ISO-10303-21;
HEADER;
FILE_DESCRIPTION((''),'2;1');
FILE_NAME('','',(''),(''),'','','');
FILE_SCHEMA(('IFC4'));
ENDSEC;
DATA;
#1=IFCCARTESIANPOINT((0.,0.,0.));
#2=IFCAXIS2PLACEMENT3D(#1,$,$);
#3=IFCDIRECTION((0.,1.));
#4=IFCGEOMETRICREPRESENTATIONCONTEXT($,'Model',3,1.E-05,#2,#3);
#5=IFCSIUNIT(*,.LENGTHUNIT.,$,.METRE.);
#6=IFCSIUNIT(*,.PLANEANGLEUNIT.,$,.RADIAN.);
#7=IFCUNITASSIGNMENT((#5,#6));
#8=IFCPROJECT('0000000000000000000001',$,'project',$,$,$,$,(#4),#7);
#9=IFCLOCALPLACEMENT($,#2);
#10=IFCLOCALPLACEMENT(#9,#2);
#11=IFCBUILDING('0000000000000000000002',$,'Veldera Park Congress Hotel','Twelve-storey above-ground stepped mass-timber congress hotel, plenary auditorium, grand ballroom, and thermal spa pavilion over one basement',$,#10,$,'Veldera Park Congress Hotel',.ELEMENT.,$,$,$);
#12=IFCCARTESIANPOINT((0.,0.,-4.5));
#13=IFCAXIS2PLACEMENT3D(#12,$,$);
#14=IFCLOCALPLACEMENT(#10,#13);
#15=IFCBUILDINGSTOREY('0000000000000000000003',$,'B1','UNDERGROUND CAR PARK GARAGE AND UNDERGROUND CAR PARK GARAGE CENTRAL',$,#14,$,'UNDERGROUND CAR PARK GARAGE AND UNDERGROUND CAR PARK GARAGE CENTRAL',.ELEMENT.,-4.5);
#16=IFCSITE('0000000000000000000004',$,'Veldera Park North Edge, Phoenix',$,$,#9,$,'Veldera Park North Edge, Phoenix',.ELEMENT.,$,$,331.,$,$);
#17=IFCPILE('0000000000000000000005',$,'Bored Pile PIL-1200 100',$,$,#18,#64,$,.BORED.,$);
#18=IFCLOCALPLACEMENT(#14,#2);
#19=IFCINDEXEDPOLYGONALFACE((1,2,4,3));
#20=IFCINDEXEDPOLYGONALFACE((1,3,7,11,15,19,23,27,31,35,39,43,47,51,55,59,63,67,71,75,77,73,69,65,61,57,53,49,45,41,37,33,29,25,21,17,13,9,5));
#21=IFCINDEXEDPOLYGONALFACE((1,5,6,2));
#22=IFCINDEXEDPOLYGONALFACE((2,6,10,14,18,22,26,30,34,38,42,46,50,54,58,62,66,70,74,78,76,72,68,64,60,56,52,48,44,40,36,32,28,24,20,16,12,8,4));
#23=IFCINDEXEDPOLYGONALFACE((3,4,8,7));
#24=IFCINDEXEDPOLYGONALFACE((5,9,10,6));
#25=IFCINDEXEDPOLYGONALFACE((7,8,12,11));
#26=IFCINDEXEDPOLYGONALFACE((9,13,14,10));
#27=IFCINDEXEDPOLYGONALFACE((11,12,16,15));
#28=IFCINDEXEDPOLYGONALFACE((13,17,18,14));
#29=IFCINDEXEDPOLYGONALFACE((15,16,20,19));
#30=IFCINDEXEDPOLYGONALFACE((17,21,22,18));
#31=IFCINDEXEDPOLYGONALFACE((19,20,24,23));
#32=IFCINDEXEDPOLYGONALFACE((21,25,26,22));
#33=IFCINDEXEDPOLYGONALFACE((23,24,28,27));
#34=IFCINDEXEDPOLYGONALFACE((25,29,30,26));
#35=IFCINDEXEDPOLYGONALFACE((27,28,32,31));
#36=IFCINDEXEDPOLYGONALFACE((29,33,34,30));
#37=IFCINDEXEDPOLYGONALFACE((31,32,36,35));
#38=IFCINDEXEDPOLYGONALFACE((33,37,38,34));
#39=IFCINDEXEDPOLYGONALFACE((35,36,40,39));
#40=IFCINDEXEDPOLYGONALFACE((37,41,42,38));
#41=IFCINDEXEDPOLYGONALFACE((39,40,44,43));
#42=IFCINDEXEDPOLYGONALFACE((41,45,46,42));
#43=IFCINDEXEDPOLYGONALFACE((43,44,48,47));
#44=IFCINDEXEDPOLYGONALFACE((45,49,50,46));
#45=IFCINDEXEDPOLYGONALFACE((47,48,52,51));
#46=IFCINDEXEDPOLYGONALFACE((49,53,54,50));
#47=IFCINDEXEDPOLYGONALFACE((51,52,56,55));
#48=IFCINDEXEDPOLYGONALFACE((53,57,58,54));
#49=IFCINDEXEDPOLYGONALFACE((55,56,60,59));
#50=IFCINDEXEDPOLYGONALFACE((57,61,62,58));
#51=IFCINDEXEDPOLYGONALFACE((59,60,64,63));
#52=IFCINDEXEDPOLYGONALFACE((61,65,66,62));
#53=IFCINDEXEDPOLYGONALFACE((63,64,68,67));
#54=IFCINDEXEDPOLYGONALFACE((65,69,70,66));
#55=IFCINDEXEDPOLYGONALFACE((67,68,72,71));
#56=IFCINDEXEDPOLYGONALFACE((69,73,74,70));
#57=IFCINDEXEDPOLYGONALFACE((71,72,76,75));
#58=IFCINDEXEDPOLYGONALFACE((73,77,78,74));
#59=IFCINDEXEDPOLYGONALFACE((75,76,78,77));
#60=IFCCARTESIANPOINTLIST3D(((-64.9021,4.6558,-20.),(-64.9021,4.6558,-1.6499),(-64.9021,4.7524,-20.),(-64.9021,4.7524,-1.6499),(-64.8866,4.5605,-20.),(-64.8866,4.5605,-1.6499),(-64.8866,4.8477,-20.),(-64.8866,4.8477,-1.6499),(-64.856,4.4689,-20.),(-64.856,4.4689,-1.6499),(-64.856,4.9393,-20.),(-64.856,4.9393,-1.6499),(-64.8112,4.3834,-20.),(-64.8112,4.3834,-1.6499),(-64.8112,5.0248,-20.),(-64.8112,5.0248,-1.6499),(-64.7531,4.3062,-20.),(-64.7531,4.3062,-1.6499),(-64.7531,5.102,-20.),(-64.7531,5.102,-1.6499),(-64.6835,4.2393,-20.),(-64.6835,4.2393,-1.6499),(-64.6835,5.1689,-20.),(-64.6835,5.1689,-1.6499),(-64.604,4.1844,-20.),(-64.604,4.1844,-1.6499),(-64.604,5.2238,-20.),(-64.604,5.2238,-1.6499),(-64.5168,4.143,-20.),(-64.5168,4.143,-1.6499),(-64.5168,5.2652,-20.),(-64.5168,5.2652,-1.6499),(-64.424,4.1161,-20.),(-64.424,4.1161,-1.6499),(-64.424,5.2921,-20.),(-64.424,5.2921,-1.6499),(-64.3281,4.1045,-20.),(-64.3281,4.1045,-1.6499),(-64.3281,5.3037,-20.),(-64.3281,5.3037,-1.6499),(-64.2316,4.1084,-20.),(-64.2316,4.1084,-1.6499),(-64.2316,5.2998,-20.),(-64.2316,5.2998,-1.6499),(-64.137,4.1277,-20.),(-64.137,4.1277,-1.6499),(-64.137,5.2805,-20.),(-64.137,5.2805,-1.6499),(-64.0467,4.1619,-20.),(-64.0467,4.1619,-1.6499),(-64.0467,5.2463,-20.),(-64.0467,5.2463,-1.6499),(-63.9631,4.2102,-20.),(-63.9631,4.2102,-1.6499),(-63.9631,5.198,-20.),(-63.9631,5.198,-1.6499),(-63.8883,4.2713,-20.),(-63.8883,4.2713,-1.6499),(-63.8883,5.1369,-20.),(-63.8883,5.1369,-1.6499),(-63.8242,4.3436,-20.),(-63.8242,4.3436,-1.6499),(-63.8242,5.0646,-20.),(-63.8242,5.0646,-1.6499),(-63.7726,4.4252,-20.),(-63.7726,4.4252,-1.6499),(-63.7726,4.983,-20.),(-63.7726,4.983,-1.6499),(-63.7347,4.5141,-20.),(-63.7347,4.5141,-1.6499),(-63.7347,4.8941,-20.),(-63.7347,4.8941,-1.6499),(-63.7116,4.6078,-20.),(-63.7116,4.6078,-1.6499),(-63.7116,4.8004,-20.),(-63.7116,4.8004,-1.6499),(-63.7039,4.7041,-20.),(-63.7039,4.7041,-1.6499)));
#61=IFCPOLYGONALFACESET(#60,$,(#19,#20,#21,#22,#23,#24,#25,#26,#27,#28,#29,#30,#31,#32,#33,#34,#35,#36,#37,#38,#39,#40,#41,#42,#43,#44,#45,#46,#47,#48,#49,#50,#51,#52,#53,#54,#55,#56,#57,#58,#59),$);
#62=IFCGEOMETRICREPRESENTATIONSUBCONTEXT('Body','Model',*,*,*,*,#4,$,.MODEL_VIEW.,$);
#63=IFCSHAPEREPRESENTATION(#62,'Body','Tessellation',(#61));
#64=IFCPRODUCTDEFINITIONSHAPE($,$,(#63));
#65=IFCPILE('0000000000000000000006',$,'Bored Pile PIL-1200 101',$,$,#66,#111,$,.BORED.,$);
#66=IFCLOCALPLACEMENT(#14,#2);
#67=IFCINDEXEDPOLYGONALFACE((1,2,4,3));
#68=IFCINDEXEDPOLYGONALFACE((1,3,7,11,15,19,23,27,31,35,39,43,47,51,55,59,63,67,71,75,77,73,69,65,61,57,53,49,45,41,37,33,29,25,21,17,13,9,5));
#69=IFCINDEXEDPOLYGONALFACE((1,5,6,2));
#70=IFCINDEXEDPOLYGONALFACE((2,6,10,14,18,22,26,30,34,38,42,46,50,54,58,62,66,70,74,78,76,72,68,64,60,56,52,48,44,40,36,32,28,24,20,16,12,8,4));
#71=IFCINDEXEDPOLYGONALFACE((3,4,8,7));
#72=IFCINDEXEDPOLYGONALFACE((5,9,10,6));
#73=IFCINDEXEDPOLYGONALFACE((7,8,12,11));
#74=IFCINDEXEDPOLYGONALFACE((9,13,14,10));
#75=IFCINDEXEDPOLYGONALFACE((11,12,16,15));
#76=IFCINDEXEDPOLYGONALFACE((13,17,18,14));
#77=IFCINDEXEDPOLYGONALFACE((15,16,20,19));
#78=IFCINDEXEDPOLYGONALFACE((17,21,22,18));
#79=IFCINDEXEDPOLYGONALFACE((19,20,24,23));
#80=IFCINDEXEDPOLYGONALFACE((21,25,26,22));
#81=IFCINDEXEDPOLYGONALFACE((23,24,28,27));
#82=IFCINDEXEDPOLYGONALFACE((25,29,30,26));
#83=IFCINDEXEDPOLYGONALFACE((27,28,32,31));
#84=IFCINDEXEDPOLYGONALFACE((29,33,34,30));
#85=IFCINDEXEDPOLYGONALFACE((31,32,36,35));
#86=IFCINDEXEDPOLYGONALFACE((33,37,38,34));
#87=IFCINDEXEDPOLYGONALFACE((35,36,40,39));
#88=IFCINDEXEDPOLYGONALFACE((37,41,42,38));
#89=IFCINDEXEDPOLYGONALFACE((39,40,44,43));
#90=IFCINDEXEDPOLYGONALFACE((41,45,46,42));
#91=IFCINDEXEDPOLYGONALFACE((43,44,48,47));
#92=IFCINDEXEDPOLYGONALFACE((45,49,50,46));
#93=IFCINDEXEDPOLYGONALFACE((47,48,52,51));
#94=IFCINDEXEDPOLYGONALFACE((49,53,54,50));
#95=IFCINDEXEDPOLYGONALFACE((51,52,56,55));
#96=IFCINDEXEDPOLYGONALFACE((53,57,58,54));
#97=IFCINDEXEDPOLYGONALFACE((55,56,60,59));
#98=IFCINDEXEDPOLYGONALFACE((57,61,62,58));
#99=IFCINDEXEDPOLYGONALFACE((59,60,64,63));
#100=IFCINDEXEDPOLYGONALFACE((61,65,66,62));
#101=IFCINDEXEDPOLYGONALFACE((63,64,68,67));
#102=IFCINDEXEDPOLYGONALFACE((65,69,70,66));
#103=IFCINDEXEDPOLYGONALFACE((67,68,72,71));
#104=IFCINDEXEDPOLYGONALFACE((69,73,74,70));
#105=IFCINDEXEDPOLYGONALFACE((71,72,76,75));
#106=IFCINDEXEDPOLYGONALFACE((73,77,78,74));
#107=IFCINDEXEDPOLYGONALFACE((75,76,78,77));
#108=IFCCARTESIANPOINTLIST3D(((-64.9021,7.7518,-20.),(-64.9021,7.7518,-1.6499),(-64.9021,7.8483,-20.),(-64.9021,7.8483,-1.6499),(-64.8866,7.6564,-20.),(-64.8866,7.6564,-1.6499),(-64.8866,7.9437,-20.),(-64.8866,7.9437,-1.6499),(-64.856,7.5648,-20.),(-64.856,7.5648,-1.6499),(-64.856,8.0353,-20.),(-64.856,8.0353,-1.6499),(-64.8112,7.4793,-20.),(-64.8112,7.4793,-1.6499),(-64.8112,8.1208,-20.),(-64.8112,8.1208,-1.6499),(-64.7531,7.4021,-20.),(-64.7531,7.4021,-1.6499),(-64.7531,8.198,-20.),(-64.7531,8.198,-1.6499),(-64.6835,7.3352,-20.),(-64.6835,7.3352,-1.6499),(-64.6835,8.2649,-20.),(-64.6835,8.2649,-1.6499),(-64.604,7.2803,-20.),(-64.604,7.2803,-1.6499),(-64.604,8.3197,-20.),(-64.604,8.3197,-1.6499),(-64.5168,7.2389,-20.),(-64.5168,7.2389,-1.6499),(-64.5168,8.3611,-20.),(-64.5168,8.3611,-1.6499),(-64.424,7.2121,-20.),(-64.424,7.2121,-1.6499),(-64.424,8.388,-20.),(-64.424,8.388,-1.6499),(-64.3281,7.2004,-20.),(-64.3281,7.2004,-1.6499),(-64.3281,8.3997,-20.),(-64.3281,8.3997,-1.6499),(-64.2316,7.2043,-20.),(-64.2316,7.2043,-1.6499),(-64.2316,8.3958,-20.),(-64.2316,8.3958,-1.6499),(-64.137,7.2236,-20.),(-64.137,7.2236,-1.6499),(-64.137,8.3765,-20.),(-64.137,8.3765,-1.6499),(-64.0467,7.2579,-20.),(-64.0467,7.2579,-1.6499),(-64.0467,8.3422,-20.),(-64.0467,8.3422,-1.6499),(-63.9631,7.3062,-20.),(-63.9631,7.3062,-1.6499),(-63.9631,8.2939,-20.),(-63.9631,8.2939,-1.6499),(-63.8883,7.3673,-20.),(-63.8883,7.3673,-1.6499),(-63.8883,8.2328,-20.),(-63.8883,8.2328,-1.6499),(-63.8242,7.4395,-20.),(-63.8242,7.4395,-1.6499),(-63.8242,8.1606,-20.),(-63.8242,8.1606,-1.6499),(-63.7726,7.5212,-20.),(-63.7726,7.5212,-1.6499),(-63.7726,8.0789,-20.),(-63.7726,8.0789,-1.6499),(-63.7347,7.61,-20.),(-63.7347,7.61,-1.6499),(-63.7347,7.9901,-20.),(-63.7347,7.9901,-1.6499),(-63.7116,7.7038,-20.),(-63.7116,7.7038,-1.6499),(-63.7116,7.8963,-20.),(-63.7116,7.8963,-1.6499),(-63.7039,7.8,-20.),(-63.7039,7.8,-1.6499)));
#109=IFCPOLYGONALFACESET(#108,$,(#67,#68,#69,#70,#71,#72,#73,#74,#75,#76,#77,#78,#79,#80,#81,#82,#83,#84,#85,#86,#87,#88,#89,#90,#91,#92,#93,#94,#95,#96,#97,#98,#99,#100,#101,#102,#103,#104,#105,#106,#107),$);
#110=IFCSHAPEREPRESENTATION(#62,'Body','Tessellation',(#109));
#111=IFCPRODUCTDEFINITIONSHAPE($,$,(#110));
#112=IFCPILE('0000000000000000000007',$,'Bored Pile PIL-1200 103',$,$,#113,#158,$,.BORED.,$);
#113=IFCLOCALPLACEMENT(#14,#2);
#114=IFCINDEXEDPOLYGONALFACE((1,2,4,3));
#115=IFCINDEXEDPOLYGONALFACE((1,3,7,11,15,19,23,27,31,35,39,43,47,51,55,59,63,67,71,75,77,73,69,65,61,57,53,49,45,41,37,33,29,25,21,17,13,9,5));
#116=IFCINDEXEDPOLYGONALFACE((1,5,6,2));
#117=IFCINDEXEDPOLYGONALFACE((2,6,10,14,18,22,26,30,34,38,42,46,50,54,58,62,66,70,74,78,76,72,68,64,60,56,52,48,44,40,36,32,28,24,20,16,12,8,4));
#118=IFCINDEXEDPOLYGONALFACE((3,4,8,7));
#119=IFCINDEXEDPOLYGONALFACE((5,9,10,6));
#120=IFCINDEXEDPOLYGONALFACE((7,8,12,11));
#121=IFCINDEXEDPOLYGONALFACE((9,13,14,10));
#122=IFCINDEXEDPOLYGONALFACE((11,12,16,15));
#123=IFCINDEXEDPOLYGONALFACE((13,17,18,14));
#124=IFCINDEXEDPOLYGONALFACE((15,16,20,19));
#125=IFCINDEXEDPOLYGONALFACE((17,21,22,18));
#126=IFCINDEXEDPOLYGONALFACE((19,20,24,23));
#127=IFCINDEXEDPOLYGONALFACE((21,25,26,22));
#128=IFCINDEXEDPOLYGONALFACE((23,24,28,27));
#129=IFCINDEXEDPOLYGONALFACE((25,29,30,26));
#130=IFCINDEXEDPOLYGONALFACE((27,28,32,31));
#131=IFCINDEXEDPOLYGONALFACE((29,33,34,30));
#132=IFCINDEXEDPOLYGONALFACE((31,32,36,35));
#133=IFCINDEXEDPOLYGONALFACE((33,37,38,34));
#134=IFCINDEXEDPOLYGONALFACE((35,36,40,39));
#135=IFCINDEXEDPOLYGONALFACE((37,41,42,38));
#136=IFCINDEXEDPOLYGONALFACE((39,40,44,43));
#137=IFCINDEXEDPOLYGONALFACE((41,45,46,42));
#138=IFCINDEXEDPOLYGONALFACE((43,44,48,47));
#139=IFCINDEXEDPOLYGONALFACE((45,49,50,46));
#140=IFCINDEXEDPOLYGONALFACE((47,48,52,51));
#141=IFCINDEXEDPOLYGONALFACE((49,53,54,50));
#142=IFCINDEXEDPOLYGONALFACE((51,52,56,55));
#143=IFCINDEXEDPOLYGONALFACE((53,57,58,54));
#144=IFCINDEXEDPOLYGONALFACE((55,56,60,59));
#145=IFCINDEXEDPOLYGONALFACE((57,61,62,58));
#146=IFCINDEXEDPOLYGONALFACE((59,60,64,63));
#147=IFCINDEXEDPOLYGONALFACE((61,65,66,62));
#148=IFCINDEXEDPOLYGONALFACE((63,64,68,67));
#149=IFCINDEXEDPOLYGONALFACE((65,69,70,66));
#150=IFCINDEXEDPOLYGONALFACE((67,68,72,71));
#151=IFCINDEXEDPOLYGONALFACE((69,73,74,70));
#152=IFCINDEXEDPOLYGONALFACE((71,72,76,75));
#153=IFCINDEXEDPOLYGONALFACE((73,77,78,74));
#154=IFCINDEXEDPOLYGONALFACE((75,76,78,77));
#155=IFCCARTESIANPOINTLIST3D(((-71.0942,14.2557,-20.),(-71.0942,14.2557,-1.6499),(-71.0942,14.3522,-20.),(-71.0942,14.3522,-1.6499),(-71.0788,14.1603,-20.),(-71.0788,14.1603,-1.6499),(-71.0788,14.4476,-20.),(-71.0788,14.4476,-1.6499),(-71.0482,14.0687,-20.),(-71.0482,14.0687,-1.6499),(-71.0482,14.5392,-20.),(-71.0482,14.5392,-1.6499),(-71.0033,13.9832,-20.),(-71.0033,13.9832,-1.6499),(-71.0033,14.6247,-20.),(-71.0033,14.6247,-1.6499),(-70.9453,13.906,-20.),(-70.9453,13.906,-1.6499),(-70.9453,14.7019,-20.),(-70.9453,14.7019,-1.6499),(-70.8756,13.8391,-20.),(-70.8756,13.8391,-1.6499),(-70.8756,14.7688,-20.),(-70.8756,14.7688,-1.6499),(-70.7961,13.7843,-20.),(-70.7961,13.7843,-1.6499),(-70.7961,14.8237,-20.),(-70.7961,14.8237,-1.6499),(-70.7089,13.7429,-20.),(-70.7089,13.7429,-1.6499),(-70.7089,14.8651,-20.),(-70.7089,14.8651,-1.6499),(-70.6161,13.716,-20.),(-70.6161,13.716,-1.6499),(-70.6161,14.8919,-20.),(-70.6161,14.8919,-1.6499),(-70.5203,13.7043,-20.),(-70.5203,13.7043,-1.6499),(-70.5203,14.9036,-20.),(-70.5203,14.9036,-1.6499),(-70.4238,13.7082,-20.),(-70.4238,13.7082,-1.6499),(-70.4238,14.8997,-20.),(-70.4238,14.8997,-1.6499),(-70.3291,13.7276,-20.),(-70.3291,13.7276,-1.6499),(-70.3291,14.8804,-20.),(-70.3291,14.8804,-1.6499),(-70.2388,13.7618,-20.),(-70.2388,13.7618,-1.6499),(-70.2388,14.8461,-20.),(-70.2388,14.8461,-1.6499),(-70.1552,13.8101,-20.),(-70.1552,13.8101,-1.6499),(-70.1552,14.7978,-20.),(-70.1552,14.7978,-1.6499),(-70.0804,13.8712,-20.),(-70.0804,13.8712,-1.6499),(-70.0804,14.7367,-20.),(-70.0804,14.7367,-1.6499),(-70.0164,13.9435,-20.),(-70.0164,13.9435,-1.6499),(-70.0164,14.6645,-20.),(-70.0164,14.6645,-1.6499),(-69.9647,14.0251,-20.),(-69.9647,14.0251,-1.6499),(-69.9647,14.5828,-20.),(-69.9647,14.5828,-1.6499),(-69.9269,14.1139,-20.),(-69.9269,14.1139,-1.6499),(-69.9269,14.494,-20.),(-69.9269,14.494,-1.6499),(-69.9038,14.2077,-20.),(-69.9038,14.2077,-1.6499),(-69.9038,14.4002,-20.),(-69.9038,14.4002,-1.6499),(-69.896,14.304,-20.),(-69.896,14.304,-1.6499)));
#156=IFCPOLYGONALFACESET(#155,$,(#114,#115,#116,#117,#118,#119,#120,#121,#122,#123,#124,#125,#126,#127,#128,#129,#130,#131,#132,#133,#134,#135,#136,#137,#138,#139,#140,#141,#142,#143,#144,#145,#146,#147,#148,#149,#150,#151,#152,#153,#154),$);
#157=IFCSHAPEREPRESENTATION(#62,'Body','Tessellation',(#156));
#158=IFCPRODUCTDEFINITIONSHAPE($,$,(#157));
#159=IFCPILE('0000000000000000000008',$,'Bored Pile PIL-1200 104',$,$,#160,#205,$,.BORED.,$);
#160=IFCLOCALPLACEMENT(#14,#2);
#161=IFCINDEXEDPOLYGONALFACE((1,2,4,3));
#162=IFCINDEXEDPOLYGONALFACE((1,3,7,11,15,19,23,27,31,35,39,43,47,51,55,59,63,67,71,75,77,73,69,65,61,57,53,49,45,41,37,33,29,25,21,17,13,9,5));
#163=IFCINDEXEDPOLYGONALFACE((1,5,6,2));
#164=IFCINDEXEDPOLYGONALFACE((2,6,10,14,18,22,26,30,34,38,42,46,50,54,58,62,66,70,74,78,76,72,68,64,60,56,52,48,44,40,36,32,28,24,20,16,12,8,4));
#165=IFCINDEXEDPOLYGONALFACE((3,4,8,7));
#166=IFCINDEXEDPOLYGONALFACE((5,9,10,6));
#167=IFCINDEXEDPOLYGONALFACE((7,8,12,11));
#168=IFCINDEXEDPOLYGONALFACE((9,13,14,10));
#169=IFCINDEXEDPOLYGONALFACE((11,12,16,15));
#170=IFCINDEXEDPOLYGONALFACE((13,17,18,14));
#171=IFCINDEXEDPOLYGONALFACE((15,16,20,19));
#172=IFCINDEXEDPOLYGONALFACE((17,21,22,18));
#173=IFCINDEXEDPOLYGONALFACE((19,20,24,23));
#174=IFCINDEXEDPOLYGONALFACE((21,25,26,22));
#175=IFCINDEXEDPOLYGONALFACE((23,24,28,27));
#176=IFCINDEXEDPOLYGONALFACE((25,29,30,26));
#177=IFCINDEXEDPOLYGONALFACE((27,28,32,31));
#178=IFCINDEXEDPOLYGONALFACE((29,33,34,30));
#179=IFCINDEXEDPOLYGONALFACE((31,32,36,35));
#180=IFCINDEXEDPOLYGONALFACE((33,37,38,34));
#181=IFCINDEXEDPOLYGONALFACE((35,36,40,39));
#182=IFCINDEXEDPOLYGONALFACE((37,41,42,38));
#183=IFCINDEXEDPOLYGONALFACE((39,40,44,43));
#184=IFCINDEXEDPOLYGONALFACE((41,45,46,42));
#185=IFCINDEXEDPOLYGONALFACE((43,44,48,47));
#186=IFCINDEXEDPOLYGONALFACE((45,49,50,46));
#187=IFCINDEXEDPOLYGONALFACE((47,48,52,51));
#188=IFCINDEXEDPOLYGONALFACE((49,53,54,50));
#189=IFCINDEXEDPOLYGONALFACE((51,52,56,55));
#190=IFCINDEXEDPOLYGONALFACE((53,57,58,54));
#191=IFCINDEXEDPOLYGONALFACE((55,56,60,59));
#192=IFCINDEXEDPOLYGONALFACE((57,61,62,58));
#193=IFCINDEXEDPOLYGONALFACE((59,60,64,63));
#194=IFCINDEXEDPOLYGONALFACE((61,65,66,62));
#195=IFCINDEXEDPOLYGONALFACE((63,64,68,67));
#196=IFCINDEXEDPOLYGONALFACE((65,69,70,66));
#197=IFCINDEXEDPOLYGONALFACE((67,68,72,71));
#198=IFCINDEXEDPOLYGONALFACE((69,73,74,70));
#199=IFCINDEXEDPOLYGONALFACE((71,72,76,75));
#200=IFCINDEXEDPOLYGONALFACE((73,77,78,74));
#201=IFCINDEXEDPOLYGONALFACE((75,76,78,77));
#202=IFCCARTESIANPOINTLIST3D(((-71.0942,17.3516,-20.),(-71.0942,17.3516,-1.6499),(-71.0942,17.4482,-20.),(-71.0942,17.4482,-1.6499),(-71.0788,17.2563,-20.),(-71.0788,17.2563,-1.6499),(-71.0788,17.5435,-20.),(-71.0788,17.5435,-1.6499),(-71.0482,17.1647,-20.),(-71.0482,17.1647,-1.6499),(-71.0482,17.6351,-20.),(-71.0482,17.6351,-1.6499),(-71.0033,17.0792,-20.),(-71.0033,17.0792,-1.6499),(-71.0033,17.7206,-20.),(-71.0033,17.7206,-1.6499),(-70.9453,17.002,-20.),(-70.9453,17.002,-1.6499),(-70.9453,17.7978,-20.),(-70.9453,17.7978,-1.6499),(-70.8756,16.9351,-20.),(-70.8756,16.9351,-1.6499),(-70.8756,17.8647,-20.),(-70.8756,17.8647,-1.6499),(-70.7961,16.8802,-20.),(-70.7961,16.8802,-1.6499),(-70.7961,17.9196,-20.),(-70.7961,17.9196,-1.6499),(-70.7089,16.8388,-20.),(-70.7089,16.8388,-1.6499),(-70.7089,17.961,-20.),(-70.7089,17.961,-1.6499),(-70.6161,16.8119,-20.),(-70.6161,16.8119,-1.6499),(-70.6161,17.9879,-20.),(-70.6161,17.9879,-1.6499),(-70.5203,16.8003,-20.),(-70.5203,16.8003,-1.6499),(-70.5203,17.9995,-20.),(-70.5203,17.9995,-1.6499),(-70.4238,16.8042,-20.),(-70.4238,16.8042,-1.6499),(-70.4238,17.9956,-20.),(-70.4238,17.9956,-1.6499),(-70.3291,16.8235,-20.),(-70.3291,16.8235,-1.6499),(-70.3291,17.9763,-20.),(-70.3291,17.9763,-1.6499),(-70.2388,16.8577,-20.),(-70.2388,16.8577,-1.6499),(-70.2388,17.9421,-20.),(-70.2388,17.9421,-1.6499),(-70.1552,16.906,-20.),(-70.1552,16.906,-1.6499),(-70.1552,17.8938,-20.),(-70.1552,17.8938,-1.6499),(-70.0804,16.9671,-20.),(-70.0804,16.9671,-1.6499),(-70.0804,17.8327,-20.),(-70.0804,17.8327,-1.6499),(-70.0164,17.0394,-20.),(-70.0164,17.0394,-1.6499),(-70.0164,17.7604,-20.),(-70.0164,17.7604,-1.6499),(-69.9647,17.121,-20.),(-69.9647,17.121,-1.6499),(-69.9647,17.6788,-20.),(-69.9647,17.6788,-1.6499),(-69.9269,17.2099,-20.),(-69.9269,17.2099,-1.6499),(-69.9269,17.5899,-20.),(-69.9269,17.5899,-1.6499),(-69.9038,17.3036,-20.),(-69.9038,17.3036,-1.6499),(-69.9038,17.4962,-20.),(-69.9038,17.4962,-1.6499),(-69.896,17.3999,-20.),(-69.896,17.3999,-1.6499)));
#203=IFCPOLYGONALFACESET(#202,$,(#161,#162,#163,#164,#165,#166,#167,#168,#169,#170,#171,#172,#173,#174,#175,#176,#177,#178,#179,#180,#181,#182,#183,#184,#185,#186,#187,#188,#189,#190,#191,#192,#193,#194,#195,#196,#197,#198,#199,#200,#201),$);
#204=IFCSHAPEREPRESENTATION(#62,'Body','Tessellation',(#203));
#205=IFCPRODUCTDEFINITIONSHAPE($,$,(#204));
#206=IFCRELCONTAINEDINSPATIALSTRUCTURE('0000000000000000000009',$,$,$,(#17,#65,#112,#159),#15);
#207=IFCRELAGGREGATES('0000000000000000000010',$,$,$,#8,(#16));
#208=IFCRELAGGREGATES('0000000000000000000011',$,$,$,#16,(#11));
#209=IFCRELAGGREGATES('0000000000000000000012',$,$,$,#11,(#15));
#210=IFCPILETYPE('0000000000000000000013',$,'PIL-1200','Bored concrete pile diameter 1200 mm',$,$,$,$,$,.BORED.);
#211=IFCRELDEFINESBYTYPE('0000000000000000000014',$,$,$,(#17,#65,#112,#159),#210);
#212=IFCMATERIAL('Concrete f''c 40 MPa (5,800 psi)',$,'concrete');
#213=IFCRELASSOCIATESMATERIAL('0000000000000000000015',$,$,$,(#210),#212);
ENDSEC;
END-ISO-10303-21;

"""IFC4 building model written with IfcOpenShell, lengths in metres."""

from ifc_helpers import new_model, si_unit, direction, frame, origin, origin_2d, place, context, subcontext, project, spatial, circle, extrude, material, material_profile, profile_set, type_object, element, save


model = new_model("IFC4")

# Units and contexts
model_context = context("Model", 3, precision=1e-05, world=origin(), true_north=direction((0.0, 1.0)))
body_context = subcontext(model_context, "Body", "Model", "MODEL_VIEW")
ifc_project = project(units=[si_unit("LENGTHUNIT", "METRE"), si_unit("PLANEANGLEUNIT", "RADIAN")], contexts=[model_context])

# Site, building, storey
site_placement = place(None, origin())
site = spatial("IfcSite", under=ifc_project, at=site_placement, Name="Veldera Park North Edge, Phoenix", LongName="Veldera Park North Edge, Phoenix", CompositionType="ELEMENT", RefElevation=331.0)
building_placement = place(site_placement, origin())
building = spatial("IfcBuilding", under=site, at=building_placement, Name="Veldera Park Congress Hotel", Description="Twelve-storey above-ground stepped mass-timber congress hotel, plenary auditorium, grand ballroom, and thermal spa pavilion over one basement", LongName="Veldera Park Congress Hotel", CompositionType="ELEMENT")
storey_placement = place(building_placement, frame((0.0, 0.0, -4.5)))
storey = spatial("IfcBuildingStorey", under=building, at=storey_placement, Name="B1", Description="UNDERGROUND CAR PARK GARAGE AND UNDERGROUND CAR PARK GARAGE CENTRAL", LongName="UNDERGROUND CAR PARK GARAGE AND UNDERGROUND CAR PARK GARAGE CENTRAL", CompositionType="ELEMENT", Elevation=-4.5)

# Shared definitions
ifc_material_1 = material(Name="Concrete f'c 40 MPa (5,800 psi)", Category="concrete")

# Piles
ifc_material_profile_1 = material_profile(ifc_material_1, circle(Radius=0.6001, at=origin_2d()), Name="PILE D1200")
ifc_profile_set_1 = profile_set([ifc_material_profile_1], Name="Concrete f'c 40 MPa (5,800 psi)")
pile_type = type_object("IfcPileType", Name="PIL-1200", Description="Bored concrete pile diameter 1200 mm", PredefinedType="BORED", material=ifc_profile_set_1)
for number, where, z_axis, x_axis, name in (
    (1, (-64.304, 4.7041, -1.6499), (0.0, 0.0, -1.0), (1.0, 0.0, 0.0), "Bored Pile PIL-1200 100"),
    (2, (-64.304, 7.8, -1.6499), (0.0, 0.0, -1.0), (1.0, 0.0, 0.0), "Bored Pile PIL-1200 101"),
    (3, (-70.4961, 14.304, -1.6499), (0.0, 0.0, -1.0), (1.0, 0.0, 0.0), "Bored Pile PIL-1200 103"),
    (4, (-70.4961, 17.3999, -1.6499), (0.0, 0.0, -1.0), (1.0, 0.0, 0.0), "Bored Pile PIL-1200 104"),
):
    element("IfcPile", number, at=place(storey_placement, frame(where, z_axis=z_axis, x_axis=x_axis)), inside=storey, type_object=pile_type, Name=name, PredefinedType="BORED", context=body_context, shape_type="SweptSolid", body=[
        extrude(circle(Radius=0.6001, at=origin_2d()), origin(), (0.0, 0.0, 1.0), 18.3501),
    ])

save(model, "model.ifc")
